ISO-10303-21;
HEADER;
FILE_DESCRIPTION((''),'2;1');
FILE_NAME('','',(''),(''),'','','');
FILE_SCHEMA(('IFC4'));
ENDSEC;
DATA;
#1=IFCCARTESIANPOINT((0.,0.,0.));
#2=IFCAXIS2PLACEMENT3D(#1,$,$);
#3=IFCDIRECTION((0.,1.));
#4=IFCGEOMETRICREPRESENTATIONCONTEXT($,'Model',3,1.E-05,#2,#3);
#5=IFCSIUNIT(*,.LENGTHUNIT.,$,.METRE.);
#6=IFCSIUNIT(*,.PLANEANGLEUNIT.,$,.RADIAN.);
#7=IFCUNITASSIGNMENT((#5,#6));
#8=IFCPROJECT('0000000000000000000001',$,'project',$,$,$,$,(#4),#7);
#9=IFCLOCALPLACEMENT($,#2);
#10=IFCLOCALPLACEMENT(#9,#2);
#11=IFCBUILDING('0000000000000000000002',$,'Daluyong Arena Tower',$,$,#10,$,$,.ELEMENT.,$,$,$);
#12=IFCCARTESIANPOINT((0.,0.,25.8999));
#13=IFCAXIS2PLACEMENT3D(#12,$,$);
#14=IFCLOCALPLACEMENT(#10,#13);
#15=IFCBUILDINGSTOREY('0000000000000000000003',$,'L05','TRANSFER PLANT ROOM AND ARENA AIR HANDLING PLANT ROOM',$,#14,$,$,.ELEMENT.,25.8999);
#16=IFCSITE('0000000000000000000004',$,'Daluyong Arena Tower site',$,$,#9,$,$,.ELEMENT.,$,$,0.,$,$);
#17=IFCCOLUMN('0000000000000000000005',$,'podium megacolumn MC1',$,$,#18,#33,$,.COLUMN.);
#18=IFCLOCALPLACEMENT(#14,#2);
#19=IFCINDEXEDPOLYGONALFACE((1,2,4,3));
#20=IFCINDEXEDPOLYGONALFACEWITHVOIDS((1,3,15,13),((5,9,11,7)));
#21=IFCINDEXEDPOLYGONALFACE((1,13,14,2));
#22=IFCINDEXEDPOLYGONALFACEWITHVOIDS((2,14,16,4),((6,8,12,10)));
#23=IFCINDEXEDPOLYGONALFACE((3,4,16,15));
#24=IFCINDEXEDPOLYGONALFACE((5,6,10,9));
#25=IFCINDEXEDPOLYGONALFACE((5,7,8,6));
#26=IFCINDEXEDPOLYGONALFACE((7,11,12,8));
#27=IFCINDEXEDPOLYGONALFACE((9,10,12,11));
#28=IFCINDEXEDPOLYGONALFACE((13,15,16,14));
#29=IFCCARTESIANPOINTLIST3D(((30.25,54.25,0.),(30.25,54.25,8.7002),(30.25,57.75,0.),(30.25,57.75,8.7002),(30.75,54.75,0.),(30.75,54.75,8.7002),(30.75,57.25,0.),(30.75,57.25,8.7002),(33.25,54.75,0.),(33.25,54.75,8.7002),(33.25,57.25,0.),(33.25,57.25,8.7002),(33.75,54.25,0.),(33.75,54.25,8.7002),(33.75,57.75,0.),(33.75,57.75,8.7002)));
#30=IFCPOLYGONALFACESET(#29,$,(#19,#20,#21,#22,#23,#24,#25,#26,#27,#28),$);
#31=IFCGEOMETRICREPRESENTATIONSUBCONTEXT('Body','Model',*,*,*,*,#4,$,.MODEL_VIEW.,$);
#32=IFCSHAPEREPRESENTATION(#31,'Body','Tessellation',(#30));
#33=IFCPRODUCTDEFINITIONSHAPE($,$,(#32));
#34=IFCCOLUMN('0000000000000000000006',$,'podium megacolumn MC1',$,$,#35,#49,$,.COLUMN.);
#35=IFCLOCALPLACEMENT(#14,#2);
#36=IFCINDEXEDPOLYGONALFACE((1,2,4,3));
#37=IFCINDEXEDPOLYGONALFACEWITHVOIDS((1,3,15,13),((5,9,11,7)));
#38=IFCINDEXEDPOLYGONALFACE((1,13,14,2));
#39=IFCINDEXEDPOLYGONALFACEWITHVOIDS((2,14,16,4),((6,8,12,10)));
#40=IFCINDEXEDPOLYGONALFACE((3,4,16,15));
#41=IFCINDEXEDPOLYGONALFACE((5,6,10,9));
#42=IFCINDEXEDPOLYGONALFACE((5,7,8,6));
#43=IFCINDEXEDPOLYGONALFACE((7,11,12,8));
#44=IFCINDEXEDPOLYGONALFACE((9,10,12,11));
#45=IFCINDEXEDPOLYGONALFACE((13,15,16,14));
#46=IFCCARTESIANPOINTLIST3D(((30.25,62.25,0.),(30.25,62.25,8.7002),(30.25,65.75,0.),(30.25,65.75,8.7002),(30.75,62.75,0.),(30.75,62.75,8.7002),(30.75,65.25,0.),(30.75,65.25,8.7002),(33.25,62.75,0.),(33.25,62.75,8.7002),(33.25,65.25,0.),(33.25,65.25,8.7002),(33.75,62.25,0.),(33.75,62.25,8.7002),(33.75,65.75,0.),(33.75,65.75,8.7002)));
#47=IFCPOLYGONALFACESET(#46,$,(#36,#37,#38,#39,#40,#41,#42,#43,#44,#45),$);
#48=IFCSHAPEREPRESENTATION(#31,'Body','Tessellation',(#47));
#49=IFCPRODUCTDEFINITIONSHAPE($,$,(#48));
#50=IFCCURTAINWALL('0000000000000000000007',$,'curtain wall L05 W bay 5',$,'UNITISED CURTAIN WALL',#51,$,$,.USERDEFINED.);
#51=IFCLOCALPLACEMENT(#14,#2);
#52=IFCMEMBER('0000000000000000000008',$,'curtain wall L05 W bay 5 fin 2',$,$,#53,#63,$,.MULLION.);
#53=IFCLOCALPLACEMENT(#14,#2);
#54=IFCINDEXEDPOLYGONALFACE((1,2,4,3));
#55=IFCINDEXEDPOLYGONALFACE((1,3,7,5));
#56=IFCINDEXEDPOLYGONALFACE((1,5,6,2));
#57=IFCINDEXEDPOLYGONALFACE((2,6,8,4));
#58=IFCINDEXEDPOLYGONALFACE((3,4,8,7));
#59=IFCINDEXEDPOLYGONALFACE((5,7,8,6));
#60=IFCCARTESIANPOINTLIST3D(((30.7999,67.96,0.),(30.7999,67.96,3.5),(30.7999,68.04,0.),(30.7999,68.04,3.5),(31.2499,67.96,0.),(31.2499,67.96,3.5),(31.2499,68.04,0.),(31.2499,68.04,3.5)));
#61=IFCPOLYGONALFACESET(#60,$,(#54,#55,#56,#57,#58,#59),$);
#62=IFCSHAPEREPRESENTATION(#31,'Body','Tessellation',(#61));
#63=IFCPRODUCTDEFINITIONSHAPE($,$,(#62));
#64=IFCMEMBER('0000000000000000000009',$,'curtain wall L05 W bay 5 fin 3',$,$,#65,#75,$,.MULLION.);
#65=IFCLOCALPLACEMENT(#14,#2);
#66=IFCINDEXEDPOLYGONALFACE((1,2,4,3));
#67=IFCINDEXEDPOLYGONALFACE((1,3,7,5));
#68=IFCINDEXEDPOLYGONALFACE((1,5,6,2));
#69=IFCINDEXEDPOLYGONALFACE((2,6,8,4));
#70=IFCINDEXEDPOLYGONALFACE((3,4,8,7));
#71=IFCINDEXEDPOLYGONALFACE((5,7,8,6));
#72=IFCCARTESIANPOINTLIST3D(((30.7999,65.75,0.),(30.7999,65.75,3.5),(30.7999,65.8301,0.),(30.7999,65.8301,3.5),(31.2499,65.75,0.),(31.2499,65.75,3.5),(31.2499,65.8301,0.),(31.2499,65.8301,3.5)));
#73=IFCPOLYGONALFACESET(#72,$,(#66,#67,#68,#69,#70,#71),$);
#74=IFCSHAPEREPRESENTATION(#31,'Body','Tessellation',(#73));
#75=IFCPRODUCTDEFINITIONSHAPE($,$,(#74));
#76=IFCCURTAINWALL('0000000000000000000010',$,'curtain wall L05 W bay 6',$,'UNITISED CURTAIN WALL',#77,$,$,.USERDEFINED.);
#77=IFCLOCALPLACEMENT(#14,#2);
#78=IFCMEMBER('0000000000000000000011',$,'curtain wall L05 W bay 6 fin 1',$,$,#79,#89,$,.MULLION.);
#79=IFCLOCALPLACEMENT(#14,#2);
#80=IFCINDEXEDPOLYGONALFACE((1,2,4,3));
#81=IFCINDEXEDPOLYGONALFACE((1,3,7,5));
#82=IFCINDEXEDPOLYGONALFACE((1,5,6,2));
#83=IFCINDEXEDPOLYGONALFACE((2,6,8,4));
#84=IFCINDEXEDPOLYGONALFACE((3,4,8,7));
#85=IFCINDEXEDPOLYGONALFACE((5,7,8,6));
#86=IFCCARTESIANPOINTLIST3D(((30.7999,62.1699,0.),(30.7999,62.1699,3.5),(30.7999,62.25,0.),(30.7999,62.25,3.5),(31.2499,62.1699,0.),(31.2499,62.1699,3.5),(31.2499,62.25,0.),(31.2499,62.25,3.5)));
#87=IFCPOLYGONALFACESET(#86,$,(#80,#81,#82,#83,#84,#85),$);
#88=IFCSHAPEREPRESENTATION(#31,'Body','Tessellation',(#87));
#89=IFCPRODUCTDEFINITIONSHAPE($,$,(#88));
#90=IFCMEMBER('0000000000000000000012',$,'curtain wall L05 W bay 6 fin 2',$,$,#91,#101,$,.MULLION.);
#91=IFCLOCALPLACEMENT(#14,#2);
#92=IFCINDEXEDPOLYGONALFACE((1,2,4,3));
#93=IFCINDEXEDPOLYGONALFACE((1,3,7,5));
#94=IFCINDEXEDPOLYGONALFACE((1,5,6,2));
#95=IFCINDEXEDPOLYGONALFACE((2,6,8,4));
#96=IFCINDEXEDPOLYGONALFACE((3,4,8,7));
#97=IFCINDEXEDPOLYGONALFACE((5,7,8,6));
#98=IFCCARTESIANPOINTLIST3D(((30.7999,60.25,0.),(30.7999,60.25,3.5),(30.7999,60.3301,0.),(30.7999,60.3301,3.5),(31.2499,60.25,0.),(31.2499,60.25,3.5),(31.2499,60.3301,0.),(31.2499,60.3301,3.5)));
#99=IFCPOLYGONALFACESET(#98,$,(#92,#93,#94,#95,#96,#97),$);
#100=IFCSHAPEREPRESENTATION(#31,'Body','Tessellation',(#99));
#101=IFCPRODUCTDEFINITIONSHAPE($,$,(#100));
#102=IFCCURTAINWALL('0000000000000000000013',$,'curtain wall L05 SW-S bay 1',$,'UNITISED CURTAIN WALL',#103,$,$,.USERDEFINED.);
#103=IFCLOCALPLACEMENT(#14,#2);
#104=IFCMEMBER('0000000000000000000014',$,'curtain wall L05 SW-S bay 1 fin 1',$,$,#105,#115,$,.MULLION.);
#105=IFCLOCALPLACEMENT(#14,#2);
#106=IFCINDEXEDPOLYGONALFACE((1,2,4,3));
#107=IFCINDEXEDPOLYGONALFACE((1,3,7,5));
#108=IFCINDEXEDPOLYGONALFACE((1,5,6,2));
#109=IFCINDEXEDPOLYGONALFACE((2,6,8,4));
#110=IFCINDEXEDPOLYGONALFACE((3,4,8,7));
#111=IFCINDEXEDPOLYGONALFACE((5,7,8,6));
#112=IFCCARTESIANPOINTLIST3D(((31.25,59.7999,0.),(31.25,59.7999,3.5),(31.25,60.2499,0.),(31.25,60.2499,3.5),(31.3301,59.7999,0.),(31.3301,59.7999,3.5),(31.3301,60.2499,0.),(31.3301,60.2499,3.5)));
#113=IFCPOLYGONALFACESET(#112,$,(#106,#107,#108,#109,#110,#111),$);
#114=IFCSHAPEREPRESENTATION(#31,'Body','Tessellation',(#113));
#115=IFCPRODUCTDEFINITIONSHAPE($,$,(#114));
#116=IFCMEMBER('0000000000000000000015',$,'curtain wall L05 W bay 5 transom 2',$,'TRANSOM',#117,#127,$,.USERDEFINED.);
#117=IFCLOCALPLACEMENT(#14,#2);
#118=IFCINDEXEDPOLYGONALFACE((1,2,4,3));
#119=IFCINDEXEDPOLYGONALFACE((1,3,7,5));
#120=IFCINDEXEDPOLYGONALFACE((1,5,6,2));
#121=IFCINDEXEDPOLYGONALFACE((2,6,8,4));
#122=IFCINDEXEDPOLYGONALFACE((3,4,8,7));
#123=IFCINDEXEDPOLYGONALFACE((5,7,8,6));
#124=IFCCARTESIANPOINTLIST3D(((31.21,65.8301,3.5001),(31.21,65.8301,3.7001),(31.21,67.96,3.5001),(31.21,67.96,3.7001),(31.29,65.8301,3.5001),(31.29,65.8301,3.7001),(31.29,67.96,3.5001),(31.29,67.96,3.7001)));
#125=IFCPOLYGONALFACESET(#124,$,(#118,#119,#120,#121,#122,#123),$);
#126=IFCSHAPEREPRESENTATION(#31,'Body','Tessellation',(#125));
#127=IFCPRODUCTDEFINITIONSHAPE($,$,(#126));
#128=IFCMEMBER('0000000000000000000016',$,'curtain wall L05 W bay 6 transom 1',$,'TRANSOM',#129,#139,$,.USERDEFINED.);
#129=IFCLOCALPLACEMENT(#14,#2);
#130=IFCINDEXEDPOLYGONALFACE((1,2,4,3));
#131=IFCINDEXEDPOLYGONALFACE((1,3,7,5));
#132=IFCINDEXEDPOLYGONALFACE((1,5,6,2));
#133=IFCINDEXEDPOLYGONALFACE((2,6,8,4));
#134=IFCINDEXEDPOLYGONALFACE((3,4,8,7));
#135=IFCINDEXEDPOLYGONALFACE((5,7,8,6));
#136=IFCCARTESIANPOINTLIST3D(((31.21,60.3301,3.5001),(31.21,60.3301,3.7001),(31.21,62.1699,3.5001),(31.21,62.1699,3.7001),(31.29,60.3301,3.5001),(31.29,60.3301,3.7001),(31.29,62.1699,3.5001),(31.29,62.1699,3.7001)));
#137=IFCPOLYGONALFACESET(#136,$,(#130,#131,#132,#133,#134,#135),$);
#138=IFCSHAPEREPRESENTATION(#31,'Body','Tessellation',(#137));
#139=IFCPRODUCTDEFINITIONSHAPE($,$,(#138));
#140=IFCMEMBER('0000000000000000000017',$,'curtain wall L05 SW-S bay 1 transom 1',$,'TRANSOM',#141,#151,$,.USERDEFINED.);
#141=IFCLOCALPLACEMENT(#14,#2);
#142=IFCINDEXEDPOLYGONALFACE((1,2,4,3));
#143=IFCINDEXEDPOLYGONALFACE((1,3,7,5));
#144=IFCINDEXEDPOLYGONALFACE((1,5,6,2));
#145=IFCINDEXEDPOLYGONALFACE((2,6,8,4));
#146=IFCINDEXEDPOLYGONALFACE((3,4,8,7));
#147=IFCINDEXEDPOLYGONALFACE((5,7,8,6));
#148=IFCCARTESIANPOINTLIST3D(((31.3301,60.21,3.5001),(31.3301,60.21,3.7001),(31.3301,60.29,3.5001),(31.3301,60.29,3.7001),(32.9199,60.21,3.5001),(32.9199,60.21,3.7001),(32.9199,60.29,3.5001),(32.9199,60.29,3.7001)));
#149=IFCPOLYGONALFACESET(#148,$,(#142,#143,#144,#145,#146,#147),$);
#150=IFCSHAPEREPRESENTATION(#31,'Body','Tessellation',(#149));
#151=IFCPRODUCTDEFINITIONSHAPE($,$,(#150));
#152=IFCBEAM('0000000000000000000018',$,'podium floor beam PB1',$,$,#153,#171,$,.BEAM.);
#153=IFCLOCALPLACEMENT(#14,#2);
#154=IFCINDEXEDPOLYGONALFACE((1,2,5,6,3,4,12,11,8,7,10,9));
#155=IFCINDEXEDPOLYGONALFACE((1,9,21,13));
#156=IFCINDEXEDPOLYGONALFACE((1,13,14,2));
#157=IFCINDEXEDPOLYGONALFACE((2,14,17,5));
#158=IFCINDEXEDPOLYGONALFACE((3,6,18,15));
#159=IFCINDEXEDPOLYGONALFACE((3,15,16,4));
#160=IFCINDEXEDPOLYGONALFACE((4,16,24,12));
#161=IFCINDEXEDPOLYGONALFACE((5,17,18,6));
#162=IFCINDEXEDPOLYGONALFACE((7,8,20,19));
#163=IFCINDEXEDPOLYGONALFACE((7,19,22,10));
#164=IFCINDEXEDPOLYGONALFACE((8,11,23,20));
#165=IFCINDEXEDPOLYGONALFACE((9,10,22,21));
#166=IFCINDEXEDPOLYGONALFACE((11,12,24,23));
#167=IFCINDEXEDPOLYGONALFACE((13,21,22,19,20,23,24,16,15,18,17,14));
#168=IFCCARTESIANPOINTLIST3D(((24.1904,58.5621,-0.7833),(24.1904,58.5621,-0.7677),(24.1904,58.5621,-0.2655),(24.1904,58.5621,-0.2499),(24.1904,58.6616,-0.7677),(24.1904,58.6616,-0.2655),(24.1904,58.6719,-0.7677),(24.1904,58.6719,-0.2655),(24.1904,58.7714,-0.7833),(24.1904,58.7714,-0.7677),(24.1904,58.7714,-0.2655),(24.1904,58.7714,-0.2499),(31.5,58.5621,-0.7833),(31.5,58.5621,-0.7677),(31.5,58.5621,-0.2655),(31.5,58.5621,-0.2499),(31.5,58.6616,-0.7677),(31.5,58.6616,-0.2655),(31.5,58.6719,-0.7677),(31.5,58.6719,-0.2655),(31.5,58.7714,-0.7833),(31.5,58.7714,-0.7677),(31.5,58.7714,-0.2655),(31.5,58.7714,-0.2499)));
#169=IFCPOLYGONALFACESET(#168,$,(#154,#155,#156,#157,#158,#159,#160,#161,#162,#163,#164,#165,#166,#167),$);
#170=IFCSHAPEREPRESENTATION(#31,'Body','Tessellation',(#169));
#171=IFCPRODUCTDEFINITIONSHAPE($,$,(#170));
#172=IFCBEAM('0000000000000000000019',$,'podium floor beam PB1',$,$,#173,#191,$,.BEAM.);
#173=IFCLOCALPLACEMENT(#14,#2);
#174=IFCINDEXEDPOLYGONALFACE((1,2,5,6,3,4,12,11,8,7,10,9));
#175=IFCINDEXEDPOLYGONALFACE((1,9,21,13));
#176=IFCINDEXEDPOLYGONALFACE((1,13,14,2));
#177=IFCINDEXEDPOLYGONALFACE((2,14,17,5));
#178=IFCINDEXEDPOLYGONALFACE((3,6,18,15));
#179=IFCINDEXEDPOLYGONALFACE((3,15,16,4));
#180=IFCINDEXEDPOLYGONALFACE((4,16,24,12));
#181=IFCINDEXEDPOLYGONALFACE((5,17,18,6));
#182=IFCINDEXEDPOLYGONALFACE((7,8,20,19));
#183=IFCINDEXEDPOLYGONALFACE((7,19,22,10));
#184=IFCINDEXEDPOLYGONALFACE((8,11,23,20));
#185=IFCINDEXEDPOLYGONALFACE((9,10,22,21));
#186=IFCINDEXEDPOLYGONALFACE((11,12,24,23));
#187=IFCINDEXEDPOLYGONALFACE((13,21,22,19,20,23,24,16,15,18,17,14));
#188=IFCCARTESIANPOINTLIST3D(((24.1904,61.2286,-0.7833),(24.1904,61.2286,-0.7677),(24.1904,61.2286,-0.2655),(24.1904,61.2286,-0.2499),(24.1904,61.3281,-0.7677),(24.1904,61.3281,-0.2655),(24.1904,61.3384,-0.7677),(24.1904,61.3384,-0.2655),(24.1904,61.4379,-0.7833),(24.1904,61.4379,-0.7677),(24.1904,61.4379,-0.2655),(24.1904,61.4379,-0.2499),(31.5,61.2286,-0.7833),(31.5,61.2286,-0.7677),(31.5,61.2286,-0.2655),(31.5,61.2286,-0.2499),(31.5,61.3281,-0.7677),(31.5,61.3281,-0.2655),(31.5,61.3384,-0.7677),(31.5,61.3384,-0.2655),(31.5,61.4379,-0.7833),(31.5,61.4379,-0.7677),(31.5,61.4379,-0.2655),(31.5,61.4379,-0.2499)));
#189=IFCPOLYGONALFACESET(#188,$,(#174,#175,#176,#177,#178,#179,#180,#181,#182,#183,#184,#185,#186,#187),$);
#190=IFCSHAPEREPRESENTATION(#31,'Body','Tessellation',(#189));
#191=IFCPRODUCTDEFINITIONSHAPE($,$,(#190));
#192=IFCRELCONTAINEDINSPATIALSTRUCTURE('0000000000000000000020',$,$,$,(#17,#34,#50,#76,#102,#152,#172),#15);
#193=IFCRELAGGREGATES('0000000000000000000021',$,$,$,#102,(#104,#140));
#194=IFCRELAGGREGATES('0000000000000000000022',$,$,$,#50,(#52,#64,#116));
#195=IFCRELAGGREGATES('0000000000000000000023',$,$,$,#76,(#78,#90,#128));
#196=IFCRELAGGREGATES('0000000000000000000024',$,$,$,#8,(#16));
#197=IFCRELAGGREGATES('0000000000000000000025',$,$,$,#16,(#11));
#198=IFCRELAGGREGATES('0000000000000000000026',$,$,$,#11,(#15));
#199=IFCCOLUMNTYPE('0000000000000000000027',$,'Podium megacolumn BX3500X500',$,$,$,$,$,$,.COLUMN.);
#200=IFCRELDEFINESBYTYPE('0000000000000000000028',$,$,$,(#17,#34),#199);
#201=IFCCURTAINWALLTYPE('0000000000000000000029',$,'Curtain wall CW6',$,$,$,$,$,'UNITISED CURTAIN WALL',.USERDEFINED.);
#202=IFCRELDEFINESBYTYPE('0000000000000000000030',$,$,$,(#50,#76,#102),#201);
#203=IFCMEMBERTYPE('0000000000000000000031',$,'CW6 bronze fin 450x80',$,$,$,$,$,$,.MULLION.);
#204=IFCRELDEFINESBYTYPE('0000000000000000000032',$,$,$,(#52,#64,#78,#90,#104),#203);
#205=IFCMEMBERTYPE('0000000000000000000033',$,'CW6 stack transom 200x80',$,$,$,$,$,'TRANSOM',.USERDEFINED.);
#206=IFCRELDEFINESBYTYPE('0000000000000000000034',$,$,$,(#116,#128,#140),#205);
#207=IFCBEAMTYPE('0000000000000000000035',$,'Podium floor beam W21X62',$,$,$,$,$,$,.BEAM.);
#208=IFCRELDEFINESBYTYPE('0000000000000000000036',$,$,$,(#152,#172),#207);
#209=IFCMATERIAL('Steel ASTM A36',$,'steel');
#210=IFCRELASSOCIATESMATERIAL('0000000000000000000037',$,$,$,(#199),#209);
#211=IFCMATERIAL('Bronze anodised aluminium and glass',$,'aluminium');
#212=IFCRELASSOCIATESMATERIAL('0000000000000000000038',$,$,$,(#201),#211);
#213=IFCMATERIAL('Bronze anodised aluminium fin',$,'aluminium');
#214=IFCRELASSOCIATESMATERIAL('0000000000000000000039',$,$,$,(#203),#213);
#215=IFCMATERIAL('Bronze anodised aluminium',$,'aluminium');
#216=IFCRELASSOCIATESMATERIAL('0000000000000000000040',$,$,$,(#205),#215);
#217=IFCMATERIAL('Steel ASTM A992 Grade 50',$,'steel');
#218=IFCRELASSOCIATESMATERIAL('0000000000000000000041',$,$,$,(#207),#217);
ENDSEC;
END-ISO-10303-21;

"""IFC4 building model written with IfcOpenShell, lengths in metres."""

from ifc_helpers import new_model, si_unit, direction, frame, origin, origin_2d, place, context, subcontext, project, spatial, rectangle, hollow_rectangle, i_section, extrude, material, material_profile, profile_set, type_object, element, aggregate, save


model = new_model("IFC4")

# Units and contexts
model_context = context("Model", 3, precision=1e-05, world=origin(), true_north=direction((0.0, 1.0)))
body_context = subcontext(model_context, "Body", "Model", "MODEL_VIEW")
ifc_project = project(units=[si_unit("LENGTHUNIT", "METRE"), si_unit("PLANEANGLEUNIT", "RADIAN")], contexts=[model_context])

# Site, building, storey
site_placement = place(None, origin())
site = spatial("IfcSite", under=ifc_project, at=site_placement, Name="Daluyong Arena Tower site", CompositionType="ELEMENT", RefElevation=0.0)
building_placement = place(site_placement, origin())
building = spatial("IfcBuilding", under=site, at=building_placement, Name="Daluyong Arena Tower", CompositionType="ELEMENT")
storey_placement = place(building_placement, frame((0.0, 0.0, 25.8999)))
storey = spatial("IfcBuildingStorey", under=building, at=storey_placement, Name="L05", Description="TRANSFER PLANT ROOM AND ARENA AIR HANDLING PLANT ROOM", CompositionType="ELEMENT", Elevation=25.8999)

# Columns
ifc_material_1 = material(Name="Steel ASTM A36", Category="steel")
ifc_material_profile_1 = material_profile(ifc_material_1, hollow_rectangle(XDim=3.5, YDim=3.5, WallThickness=0.5, at=origin_2d()))
ifc_profile_set_1 = profile_set([ifc_material_profile_1], Name="Steel ASTM A36")
column_type = type_object("IfcColumnType", Name="Podium megacolumn BX3500X500", PredefinedType="COLUMN", material=ifc_profile_set_1)
for number, where, z_axis, x_axis, name in (
    (1, (32.0, 56.0, 0.0), (0.0, 0.0, 1.0), (1.0, 0.0, 0.0), "podium megacolumn MC1"),
    (2, (32.0, 64.0, 0.0), (0.0, 0.0, 1.0), (1.0, 0.0, 0.0), "podium megacolumn MC1"),
):
    element("IfcColumn", number, at=place(storey_placement, frame(where, z_axis=z_axis, x_axis=x_axis)), inside=storey, type_object=column_type, Name=name, PredefinedType="COLUMN", context=body_context, shape_type="SweptSolid", body=[
        extrude(hollow_rectangle(XDim=3.5, YDim=3.5, WallThickness=0.5, at=origin_2d()), origin(), (0.0, 0.0, 1.0), 8.7002),
    ])

# Curtain walls, members
ifc_material_2 = material(Name="Bronze anodised aluminium and glass", Category="aluminium")
curtain_wall_type = type_object("IfcCurtainWallType", Name="Curtain wall CW6", ElementType="UNITISED CURTAIN WALL", PredefinedType="USERDEFINED", material=ifc_material_2)
curtain_wall_1_placement = place(storey_placement, origin())
curtain_wall_1 = element("IfcCurtainWall", 3, at=curtain_wall_1_placement, inside=storey, type_object=curtain_wall_type, Name="curtain wall L05 W bay 5", ObjectType="UNITISED CURTAIN WALL", PredefinedType="USERDEFINED")
ifc_material_3 = material(Name="Bronze anodised aluminium fin", Category="aluminium")
ifc_material_profile_2 = material_profile(ifc_material_3, rectangle(XDim=0.45, YDim=0.0801, at=origin_2d()))
ifc_profile_set_2 = profile_set([ifc_material_profile_2], Name="Bronze anodised aluminium fin")
member_type_1 = type_object("IfcMemberType", Name="CW6 bronze fin 450x80", PredefinedType="MULLION", material=ifc_profile_set_2)
member_1_placement = place(storey_placement, frame((31.0249, 68.0, 0.0), z_axis=(0.0, 0.0, 1.0), x_axis=(1.0, 0.0, 0.0)))
member_1 = element("IfcMember", 4, at=member_1_placement, type_object=member_type_1, Name="curtain wall L05 W bay 5 fin 2", PredefinedType="MULLION", context=body_context, shape_type="SweptSolid", body=[
    extrude(rectangle(XDim=0.45, YDim=0.0801, at=origin_2d()), origin(), (0.0, 0.0, 1.0), 3.5),
])
member_2_placement = place(storey_placement, frame((31.0249, 65.79, 0.0), z_axis=(0.0, 0.0, 1.0), x_axis=(1.0, 0.0, 0.0)))
member_2 = element("IfcMember", 5, at=member_2_placement, type_object=member_type_1, Name="curtain wall L05 W bay 5 fin 3", PredefinedType="MULLION", context=body_context, shape_type="SweptSolid", body=[
    extrude(rectangle(XDim=0.45, YDim=0.0801, at=origin_2d()), origin(), (0.0, 0.0, 1.0), 3.5),
])
curtain_wall_2_placement = place(storey_placement, origin())
curtain_wall_2 = element("IfcCurtainWall", 6, at=curtain_wall_2_placement, inside=storey, type_object=curtain_wall_type, Name="curtain wall L05 W bay 6", ObjectType="UNITISED CURTAIN WALL", PredefinedType="USERDEFINED")
member_3_placement = place(storey_placement, frame((31.0249, 62.21, 0.0), z_axis=(0.0, 0.0, 1.0), x_axis=(1.0, 0.0, 0.0)))
member_3 = element("IfcMember", 7, at=member_3_placement, type_object=member_type_1, Name="curtain wall L05 W bay 6 fin 1", PredefinedType="MULLION", context=body_context, shape_type="SweptSolid", body=[
    extrude(rectangle(XDim=0.45, YDim=0.0801, at=origin_2d()), origin(), (0.0, 0.0, 1.0), 3.5),
])
member_4_placement = place(storey_placement, frame((31.0249, 60.29, 0.0), z_axis=(0.0, 0.0, 1.0), x_axis=(1.0, 0.0, 0.0)))
member_4 = element("IfcMember", 8, at=member_4_placement, type_object=member_type_1, Name="curtain wall L05 W bay 6 fin 2", PredefinedType="MULLION", context=body_context, shape_type="SweptSolid", body=[
    extrude(rectangle(XDim=0.45, YDim=0.0801, at=origin_2d()), origin(), (0.0, 0.0, 1.0), 3.5),
])

# Curtain wall, member
curtain_wall_3_placement = place(storey_placement, origin())
curtain_wall_3 = element("IfcCurtainWall", 9, at=curtain_wall_3_placement, inside=storey, type_object=curtain_wall_type, Name="curtain wall L05 SW-S bay 1", ObjectType="UNITISED CURTAIN WALL", PredefinedType="USERDEFINED")
member_5_placement = place(storey_placement, frame((31.29, 60.0249, 0.0), z_axis=(0.0, 0.0, 1.0), x_axis=(0.0, 1.0, 0.0)))
member_5 = element("IfcMember", 10, at=member_5_placement, type_object=member_type_1, Name="curtain wall L05 SW-S bay 1 fin 1", PredefinedType="MULLION", context=body_context, shape_type="SweptSolid", body=[
    extrude(rectangle(XDim=0.45, YDim=0.0801, at=origin_2d()), origin(), (0.0, 0.0, 1.0), 3.5),
])

# Members
ifc_material_4 = material(Name="Bronze anodised aluminium", Category="aluminium")
ifc_material_profile_3 = material_profile(ifc_material_4, rectangle(XDim=0.0801, YDim=0.2, at=origin_2d()))
ifc_profile_set_3 = profile_set([ifc_material_profile_3], Name="Bronze anodised aluminium")
member_type_2 = type_object("IfcMemberType", Name="CW6 stack transom 200x80", ElementType="TRANSOM", PredefinedType="USERDEFINED", material=ifc_profile_set_3)
member_6_placement = place(storey_placement, frame((31.25, 67.96, 3.6001), z_axis=(0.0, -1.0, 0.0), x_axis=(1.0, 0.0, 0.0)))
member_6 = element("IfcMember", 11, at=member_6_placement, type_object=member_type_2, Name="curtain wall L05 W bay 5 transom 2", ObjectType="TRANSOM", PredefinedType="USERDEFINED", context=body_context, shape_type="SweptSolid", body=[
    extrude(rectangle(XDim=0.0801, YDim=0.2, at=origin_2d()), origin(), (0.0, 0.0, 1.0), 2.1299),
])
member_7_placement = place(storey_placement, frame((31.25, 62.1699, 3.6001), z_axis=(0.0, -1.0, 0.0), x_axis=(1.0, 0.0, 0.0)))
member_7 = element("IfcMember", 12, at=member_7_placement, type_object=member_type_2, Name="curtain wall L05 W bay 6 transom 1", ObjectType="TRANSOM", PredefinedType="USERDEFINED", context=body_context, shape_type="SweptSolid", body=[
    extrude(rectangle(XDim=0.0801, YDim=0.2, at=origin_2d()), origin(), (0.0, 0.0, 1.0), 1.8398),
])
member_8_placement = place(storey_placement, frame((31.3301, 60.25, 3.6001), z_axis=(1.0, 0.0, 0.0), x_axis=(0.0, 1.0, 0.0)))
member_8 = element("IfcMember", 13, at=member_8_placement, type_object=member_type_2, Name="curtain wall L05 SW-S bay 1 transom 1", ObjectType="TRANSOM", PredefinedType="USERDEFINED", context=body_context, shape_type="SweptSolid", body=[
    extrude(rectangle(XDim=0.0801, YDim=0.2, at=origin_2d()), origin(), (0.0, 0.0, 1.0), 1.5898),
])
aggregate(curtain_wall_3, [member_5, member_8])

# Beams
ifc_material_5 = material(Name="Steel ASTM A992 Grade 50", Category="steel")
ifc_material_profile_4 = material_profile(ifc_material_5, i_section(OverallWidth=0.2092, OverallDepth=0.5334, WebThickness=0.0103, FlangeThickness=0.0156, at=origin_2d()))
ifc_profile_set_4 = profile_set([ifc_material_profile_4], Name="Steel ASTM A992 Grade 50")
beam_type_1 = type_object("IfcBeamType", Name="Podium floor beam W21X62", PredefinedType="BEAM", material=ifc_profile_set_4)
for number, where, z_axis, x_axis, name in (
    (14, (24.1904, 58.6667, -0.5166), (1.0, 0.0, 0.0), (0.0, 1.0, 0.0), "podium floor beam PB1"),
    (15, (24.1904, 61.3333, -0.5166), (1.0, 0.0, 0.0), (0.0, 1.0, 0.0), "podium floor beam PB1"),
):
    element("IfcBeam", number, at=place(storey_placement, frame(where, z_axis=z_axis, x_axis=x_axis)), inside=storey, type_object=beam_type_1, Name=name, PredefinedType="BEAM", context=body_context, shape_type="SweptSolid", body=[
        extrude(i_section(OverallWidth=0.2092, OverallDepth=0.5334, WebThickness=0.0103, FlangeThickness=0.0156, at=origin_2d()), origin(), (0.0, 0.0, 1.0), 7.3096),
    ])

aggregate(curtain_wall_1, [member_1, member_2, member_6])
aggregate(curtain_wall_2, [member_3, member_4, member_7])

save(model, "model.ifc")
